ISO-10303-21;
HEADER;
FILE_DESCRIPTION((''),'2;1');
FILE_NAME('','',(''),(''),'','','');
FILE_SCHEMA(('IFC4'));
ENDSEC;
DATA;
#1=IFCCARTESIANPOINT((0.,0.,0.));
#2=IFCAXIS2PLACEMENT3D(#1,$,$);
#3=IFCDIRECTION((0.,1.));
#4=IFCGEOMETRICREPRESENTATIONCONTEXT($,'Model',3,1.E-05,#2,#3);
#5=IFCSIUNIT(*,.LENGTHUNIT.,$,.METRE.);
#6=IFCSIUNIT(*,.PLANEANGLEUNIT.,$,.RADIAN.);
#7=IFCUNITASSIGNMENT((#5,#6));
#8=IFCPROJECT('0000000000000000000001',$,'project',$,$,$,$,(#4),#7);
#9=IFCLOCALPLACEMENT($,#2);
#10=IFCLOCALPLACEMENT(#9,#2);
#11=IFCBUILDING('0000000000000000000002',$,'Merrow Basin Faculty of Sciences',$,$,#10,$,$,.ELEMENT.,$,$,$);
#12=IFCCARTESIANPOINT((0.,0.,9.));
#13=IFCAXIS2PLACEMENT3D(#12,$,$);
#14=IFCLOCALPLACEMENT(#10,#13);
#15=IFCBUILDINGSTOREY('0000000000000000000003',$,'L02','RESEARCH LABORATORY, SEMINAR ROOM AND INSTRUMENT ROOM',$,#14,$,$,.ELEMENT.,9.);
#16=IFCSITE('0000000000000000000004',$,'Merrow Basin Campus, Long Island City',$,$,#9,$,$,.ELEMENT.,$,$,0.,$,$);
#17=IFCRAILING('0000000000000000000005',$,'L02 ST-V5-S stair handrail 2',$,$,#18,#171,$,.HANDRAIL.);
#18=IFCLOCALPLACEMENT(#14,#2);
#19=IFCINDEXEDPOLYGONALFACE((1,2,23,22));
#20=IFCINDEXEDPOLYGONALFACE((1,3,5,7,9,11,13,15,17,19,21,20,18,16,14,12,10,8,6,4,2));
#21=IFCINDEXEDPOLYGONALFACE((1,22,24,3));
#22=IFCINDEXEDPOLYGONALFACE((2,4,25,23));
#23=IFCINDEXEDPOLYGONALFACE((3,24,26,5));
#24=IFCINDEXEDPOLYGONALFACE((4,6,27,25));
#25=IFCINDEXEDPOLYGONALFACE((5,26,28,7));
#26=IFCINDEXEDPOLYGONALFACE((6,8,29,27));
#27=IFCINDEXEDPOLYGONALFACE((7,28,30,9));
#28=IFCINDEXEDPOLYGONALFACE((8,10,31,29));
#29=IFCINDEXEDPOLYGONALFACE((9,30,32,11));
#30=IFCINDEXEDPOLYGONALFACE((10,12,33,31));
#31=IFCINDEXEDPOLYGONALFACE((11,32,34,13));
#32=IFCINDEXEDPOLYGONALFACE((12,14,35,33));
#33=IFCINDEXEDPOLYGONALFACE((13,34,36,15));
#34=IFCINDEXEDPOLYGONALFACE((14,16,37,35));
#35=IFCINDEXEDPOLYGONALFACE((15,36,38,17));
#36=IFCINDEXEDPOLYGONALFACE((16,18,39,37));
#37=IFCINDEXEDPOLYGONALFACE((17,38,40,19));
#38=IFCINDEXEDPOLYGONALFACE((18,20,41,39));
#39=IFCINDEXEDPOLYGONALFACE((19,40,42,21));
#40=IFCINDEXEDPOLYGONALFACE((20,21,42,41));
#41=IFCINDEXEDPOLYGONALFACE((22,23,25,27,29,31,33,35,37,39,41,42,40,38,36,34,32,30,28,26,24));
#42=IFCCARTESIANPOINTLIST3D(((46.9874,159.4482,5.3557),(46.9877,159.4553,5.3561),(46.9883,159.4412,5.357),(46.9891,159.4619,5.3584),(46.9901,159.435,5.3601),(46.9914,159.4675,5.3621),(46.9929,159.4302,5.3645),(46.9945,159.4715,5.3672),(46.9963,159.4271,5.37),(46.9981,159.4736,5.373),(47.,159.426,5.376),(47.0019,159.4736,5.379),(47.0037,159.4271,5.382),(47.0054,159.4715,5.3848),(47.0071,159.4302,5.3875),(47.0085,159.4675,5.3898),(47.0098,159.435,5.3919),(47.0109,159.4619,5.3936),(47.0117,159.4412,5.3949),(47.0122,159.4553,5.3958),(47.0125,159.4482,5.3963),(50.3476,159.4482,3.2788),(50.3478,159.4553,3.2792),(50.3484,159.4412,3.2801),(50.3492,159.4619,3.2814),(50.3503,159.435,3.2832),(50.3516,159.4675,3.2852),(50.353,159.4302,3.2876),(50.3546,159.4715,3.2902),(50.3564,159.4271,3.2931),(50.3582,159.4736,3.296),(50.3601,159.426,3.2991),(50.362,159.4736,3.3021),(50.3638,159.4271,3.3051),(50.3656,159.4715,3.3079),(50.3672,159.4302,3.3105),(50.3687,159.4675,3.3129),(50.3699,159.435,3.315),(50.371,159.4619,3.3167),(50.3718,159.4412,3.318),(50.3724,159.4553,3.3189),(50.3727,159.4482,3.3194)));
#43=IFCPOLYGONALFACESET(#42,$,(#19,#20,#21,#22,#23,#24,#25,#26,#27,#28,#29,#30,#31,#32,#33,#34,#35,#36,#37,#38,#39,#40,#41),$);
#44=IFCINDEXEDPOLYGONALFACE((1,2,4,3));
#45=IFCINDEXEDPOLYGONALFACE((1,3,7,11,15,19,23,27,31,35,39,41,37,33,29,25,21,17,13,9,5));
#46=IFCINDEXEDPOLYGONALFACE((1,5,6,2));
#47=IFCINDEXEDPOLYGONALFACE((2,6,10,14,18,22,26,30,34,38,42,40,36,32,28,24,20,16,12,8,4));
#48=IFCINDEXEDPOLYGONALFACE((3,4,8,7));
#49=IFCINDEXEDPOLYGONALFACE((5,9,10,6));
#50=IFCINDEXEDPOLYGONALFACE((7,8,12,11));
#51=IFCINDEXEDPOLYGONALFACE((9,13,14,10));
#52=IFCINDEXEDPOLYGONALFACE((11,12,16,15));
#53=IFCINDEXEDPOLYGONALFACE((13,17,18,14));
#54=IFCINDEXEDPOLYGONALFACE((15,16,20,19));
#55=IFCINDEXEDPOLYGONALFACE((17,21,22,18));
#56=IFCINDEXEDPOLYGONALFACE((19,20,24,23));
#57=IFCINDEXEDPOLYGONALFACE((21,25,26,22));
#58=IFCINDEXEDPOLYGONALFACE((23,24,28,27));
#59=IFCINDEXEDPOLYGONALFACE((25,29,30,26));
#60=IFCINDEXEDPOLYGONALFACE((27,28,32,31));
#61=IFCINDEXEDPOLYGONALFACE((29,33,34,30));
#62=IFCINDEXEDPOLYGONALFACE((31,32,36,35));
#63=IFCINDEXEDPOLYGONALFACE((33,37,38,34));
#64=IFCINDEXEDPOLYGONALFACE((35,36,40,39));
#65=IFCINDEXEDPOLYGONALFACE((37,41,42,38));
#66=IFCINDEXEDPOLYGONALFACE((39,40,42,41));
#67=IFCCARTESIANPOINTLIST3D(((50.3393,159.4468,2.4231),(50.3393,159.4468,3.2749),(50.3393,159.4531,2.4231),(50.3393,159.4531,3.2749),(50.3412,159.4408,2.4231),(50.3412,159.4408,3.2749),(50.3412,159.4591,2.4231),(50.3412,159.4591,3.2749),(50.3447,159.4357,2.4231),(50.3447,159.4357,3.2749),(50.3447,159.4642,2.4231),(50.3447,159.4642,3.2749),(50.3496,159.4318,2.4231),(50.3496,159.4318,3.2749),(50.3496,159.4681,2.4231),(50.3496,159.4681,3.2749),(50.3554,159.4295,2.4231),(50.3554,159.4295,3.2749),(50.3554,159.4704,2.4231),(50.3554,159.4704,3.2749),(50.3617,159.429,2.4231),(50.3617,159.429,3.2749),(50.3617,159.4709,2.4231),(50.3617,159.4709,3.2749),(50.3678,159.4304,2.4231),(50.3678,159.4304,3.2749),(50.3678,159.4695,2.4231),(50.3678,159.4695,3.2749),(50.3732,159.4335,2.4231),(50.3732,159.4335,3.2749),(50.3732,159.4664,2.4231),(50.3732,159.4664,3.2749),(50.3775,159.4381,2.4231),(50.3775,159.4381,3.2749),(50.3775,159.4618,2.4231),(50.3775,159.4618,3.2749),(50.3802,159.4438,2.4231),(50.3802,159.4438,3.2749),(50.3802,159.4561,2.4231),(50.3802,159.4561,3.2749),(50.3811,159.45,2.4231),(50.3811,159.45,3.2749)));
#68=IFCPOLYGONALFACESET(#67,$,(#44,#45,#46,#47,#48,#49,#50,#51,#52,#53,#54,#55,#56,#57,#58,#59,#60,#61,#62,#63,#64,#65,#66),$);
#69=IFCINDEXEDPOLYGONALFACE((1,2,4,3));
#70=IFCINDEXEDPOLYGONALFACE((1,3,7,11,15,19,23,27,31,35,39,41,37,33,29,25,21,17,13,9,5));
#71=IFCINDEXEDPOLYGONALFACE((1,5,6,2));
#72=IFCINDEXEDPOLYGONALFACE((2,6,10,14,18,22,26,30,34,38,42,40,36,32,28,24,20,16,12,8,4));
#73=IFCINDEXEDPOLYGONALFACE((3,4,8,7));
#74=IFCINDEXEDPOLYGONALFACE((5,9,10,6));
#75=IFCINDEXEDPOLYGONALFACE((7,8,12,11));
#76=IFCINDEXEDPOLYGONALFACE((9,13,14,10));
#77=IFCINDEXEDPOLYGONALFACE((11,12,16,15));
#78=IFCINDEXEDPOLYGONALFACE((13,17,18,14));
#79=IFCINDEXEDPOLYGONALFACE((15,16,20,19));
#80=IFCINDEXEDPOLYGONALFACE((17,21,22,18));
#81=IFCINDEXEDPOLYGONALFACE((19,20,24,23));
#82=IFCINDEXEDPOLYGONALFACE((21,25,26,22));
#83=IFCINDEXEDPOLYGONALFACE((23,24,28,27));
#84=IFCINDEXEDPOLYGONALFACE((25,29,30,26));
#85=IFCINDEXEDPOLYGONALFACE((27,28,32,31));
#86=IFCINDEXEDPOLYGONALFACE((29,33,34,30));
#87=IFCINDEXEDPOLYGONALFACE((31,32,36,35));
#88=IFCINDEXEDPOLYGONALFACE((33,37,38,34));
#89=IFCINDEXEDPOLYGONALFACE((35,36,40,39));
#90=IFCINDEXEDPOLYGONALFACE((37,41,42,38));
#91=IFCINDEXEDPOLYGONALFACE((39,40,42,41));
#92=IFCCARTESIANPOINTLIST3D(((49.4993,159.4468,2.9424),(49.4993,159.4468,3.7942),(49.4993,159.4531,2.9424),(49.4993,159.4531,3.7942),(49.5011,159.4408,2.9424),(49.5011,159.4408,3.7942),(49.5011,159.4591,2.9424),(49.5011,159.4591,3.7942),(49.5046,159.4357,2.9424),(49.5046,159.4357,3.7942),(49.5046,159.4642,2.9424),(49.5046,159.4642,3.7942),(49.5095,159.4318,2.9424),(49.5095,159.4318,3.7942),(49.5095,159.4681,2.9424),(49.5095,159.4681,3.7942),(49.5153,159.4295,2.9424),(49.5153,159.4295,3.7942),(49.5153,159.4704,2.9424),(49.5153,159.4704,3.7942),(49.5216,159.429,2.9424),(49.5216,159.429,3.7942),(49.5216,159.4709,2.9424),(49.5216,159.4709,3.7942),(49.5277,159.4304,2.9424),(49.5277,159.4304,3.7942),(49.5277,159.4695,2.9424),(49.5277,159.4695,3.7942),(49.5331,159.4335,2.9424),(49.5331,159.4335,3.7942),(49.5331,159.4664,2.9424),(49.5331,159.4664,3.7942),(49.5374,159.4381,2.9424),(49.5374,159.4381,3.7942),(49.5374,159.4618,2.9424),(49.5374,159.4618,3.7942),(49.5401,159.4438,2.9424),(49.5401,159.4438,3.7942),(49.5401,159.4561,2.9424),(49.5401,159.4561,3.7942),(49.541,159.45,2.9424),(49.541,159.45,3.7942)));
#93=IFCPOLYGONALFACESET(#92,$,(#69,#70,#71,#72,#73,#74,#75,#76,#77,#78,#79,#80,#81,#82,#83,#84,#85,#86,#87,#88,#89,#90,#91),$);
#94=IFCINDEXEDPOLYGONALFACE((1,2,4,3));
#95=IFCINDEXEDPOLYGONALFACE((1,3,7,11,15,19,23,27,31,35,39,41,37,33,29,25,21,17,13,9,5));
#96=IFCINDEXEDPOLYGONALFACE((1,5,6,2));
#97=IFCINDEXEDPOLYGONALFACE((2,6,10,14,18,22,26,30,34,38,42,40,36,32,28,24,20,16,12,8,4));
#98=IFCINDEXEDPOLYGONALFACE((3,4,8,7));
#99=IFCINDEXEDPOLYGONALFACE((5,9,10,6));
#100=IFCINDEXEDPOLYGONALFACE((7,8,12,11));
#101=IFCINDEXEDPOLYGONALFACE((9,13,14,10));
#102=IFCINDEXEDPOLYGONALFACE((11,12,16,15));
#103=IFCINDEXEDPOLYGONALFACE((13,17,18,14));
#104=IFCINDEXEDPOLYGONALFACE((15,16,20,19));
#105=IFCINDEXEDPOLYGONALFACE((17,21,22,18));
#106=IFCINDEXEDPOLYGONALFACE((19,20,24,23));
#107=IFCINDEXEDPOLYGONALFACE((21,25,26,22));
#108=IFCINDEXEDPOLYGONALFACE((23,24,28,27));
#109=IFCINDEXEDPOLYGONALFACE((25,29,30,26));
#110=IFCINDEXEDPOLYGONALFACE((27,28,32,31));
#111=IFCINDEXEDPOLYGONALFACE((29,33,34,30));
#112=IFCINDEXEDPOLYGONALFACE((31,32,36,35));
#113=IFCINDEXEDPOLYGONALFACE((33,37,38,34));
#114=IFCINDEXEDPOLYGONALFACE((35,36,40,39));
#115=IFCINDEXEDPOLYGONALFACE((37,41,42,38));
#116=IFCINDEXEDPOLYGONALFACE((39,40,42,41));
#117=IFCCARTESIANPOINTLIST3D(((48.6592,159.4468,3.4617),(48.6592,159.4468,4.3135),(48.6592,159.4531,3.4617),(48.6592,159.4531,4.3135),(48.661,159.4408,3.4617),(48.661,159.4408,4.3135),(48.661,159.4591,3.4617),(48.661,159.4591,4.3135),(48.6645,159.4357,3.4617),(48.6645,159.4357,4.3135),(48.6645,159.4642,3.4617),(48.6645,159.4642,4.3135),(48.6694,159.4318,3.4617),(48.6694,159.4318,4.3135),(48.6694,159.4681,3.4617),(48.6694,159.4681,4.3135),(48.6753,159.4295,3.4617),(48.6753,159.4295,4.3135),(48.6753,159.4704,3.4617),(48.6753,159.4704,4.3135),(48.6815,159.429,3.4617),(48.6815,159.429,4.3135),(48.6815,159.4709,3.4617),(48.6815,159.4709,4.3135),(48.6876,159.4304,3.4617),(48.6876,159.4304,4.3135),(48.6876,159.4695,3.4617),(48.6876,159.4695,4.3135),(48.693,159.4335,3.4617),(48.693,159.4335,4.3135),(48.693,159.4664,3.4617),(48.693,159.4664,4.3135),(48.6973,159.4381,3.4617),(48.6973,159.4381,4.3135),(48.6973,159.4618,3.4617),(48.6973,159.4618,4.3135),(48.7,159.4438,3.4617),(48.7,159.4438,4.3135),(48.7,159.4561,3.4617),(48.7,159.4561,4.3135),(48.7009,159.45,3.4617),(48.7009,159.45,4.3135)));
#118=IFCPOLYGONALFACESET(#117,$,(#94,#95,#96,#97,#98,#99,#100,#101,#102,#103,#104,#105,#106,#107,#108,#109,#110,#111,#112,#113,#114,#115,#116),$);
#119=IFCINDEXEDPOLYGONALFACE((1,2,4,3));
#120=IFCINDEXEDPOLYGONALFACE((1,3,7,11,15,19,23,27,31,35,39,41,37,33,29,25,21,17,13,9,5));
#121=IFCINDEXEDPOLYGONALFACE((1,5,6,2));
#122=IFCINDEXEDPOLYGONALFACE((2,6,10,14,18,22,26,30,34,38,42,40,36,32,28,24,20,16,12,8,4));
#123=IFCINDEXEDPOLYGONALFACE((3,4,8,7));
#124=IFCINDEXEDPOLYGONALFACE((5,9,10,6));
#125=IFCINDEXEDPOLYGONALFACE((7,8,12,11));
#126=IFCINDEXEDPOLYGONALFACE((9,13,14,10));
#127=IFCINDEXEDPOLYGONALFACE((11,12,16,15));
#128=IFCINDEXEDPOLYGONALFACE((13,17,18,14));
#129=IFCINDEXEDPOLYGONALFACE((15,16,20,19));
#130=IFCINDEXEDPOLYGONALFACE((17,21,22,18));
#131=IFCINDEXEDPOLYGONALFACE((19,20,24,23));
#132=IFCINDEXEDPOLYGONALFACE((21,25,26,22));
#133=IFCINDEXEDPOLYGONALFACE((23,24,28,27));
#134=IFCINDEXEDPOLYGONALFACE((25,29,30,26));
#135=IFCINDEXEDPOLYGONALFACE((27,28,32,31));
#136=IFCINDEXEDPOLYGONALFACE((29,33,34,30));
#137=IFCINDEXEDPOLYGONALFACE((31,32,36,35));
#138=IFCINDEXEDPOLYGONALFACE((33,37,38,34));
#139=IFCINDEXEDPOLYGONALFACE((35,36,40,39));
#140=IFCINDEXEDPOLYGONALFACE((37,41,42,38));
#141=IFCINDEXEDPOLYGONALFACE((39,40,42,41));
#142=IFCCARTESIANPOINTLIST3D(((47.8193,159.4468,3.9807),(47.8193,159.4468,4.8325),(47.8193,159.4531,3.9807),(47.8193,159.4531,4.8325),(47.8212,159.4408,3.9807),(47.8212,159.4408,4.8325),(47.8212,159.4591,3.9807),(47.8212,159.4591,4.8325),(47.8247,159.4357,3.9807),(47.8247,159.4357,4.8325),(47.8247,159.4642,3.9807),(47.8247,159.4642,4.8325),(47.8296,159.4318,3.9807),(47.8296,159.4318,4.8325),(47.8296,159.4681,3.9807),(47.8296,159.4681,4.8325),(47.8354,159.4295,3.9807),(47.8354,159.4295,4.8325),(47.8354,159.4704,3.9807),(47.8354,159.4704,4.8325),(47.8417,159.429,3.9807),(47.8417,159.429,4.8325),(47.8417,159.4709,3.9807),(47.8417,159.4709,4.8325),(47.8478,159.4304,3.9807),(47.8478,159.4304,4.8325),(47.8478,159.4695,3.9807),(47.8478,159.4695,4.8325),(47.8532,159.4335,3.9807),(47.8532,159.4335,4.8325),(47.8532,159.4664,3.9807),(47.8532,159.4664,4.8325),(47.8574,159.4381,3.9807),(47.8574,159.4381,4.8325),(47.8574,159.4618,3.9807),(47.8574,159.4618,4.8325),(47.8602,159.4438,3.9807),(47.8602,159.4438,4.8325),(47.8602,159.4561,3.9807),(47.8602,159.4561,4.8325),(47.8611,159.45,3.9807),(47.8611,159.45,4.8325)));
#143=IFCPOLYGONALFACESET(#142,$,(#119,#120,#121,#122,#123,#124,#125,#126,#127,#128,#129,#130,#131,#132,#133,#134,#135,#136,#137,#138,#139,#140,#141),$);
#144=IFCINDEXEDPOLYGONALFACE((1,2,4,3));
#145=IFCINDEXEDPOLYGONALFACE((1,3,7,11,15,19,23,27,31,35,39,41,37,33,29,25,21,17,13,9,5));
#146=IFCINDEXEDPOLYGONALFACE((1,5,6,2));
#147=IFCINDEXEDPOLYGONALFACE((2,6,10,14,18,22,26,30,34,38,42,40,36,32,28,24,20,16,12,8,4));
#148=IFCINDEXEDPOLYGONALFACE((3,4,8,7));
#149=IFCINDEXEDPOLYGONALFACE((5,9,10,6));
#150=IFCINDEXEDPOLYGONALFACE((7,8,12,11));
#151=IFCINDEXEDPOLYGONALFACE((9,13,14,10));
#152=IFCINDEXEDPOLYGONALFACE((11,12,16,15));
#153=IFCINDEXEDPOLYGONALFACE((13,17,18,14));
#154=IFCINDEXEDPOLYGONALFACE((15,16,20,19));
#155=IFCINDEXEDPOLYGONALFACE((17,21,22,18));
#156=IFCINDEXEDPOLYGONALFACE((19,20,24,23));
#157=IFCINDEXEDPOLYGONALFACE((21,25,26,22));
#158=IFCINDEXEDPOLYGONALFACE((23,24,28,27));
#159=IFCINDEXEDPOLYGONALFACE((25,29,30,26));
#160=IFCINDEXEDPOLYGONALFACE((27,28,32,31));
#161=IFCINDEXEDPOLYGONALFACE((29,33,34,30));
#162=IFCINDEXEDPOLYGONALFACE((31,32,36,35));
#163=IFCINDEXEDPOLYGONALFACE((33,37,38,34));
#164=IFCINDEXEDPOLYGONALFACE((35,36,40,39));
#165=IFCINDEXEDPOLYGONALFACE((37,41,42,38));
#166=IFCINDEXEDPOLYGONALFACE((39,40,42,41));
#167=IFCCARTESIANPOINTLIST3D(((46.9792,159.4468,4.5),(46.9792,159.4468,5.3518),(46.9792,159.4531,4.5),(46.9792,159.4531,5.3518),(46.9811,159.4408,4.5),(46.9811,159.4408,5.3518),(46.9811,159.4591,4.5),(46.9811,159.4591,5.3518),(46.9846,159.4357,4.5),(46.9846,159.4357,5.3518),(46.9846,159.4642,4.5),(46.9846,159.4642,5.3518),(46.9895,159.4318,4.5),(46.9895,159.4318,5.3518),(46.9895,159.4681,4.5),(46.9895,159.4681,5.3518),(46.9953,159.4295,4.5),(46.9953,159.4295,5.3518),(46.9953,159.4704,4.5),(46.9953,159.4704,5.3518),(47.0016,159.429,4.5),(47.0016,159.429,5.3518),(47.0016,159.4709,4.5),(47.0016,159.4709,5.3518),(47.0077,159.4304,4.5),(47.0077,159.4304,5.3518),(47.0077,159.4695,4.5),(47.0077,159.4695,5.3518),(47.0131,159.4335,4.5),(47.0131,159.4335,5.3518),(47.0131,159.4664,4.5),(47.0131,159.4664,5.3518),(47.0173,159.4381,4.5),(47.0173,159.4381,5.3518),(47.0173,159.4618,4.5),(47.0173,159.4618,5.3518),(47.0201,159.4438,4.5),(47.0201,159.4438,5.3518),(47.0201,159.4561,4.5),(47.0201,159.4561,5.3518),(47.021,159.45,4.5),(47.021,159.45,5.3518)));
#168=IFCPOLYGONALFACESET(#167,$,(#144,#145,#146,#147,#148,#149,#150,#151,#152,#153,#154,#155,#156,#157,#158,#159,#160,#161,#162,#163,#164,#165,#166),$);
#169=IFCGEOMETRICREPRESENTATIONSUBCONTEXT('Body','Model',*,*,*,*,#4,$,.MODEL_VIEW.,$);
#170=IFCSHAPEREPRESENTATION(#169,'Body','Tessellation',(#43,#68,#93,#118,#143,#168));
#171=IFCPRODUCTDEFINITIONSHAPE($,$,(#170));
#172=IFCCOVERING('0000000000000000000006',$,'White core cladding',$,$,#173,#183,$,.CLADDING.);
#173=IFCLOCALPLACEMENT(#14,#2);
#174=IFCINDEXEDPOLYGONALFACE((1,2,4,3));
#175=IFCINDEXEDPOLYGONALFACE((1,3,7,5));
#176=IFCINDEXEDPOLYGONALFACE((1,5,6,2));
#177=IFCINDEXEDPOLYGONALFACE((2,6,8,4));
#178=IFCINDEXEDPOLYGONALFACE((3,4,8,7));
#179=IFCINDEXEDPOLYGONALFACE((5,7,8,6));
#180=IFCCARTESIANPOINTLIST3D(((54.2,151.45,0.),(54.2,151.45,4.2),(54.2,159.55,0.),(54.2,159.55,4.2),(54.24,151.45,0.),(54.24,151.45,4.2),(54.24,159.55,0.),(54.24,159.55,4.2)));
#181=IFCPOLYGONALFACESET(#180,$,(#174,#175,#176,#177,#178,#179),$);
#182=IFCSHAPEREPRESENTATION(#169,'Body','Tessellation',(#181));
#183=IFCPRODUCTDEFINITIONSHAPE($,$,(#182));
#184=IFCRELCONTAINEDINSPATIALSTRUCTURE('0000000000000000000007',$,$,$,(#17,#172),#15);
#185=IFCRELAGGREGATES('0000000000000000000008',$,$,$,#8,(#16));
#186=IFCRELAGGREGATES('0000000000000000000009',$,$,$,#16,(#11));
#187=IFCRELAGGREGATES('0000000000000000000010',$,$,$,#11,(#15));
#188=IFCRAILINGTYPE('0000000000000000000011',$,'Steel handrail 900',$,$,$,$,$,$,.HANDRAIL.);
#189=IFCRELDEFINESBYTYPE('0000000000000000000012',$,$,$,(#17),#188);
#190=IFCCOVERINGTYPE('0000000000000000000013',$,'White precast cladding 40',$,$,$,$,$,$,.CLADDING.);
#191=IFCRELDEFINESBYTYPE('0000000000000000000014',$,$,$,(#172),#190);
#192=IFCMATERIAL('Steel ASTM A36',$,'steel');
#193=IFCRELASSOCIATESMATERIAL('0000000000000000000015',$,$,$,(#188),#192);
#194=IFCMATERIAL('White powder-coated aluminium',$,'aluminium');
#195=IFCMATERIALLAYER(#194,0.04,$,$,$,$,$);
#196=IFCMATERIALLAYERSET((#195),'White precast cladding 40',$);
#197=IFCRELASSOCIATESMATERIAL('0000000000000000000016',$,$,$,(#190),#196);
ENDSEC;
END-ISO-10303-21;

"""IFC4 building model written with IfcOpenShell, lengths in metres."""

from ifc_helpers import new_model, si_unit, direction, frame, origin, origin_2d, place, context, subcontext, project, spatial, rectangle, circle, extrude, material, layer, layer_set, type_object, element, save


model = new_model("IFC4")

# Units and contexts
model_context = context("Model", 3, precision=1e-05, world=origin(), true_north=direction((0.0, 1.0)))
body_context = subcontext(model_context, "Body", "Model", "MODEL_VIEW")
ifc_project = project(units=[si_unit("LENGTHUNIT", "METRE"), si_unit("PLANEANGLEUNIT", "RADIAN")], contexts=[model_context])

# Site, building, storey
site_placement = place(None, origin())
site = spatial("IfcSite", under=ifc_project, at=site_placement, Name="Merrow Basin Campus, Long Island City", CompositionType="ELEMENT", RefElevation=0.0)
building_placement = place(site_placement, origin())
building = spatial("IfcBuilding", under=site, at=building_placement, Name="Merrow Basin Faculty of Sciences", CompositionType="ELEMENT")
storey_placement = place(building_placement, frame((0.0, 0.0, 9.0)))
storey = spatial("IfcBuildingStorey", under=building, at=storey_placement, Name="L02", Description="RESEARCH LABORATORY, SEMINAR ROOM AND INSTRUMENT ROOM", CompositionType="ELEMENT", Elevation=9.0)

# Railing
ifc_material_1 = material(Name="Steel ASTM A36", Category="steel")
railing_type_1 = type_object("IfcRailingType", Name="Steel handrail 900", PredefinedType="HANDRAIL", material=ifc_material_1)
railing_1_placement = place(storey_placement, frame((50.3601, 159.45, 2.4231)))
element("IfcRailing", 1, at=railing_1_placement, inside=storey, type_object=railing_type_1, Name="L02 ST-V5-S stair handrail 2", PredefinedType="HANDRAIL", context=body_context, shape_type="SweptSolid", body=[
    extrude(circle(Radius=0.0239, at=origin_2d()), frame((0.0, 0.0, 0.876), z_axis=(-0.850623, 0.0, 0.525776), x_axis=(0.0, -1.0, 0.0)), (0.0, 0.0, 1.0), 3.9502),
    extrude(circle(Radius=0.021, at=origin_2d()), origin(), (0.0, 0.0, 1.0), 0.8518),
    extrude(circle(Radius=0.021, at=origin_2d()), frame((-0.8401, 0.0, 0.5193)), (0.0, 0.0, 1.0), 0.8518),
    extrude(circle(Radius=0.021, at=origin_2d()), frame((-1.6802, 0.0, 1.0386)), (0.0, 0.0, 1.0), 0.8518),
    extrude(circle(Radius=0.021, at=origin_2d()), frame((-2.52, 0.0, 1.5576)), (0.0, 0.0, 1.0), 0.8518),
    extrude(circle(Radius=0.021, at=origin_2d()), frame((-3.3601, 0.0, 2.0769)), (0.0, 0.0, 1.0), 0.8518),
])

# Covering
ifc_material_2 = material(Name="White powder-coated aluminium", Category="aluminium")
ifc_layer_1 = layer(ifc_material_2, 0.04)
ifc_layer_set_1 = layer_set([ifc_layer_1], Name="White precast cladding 40")
covering_type = type_object("IfcCoveringType", Name="White precast cladding 40", PredefinedType="CLADDING", material=ifc_layer_set_1)
covering_placement = place(storey_placement, frame((54.22, 155.5, 0.0), z_axis=(0.0, 0.0, 1.0), x_axis=(1.0, 0.0, 0.0)))
element("IfcCovering", 2, at=covering_placement, inside=storey, type_object=covering_type, Name="White core cladding", PredefinedType="CLADDING", context=body_context, shape_type="SweptSolid", body=[
    extrude(rectangle(XDim=0.04, YDim=8.1001, at=origin_2d()), origin(), (0.0, 0.0, 1.0), 4.2),
])

save(model, "model.ifc")
